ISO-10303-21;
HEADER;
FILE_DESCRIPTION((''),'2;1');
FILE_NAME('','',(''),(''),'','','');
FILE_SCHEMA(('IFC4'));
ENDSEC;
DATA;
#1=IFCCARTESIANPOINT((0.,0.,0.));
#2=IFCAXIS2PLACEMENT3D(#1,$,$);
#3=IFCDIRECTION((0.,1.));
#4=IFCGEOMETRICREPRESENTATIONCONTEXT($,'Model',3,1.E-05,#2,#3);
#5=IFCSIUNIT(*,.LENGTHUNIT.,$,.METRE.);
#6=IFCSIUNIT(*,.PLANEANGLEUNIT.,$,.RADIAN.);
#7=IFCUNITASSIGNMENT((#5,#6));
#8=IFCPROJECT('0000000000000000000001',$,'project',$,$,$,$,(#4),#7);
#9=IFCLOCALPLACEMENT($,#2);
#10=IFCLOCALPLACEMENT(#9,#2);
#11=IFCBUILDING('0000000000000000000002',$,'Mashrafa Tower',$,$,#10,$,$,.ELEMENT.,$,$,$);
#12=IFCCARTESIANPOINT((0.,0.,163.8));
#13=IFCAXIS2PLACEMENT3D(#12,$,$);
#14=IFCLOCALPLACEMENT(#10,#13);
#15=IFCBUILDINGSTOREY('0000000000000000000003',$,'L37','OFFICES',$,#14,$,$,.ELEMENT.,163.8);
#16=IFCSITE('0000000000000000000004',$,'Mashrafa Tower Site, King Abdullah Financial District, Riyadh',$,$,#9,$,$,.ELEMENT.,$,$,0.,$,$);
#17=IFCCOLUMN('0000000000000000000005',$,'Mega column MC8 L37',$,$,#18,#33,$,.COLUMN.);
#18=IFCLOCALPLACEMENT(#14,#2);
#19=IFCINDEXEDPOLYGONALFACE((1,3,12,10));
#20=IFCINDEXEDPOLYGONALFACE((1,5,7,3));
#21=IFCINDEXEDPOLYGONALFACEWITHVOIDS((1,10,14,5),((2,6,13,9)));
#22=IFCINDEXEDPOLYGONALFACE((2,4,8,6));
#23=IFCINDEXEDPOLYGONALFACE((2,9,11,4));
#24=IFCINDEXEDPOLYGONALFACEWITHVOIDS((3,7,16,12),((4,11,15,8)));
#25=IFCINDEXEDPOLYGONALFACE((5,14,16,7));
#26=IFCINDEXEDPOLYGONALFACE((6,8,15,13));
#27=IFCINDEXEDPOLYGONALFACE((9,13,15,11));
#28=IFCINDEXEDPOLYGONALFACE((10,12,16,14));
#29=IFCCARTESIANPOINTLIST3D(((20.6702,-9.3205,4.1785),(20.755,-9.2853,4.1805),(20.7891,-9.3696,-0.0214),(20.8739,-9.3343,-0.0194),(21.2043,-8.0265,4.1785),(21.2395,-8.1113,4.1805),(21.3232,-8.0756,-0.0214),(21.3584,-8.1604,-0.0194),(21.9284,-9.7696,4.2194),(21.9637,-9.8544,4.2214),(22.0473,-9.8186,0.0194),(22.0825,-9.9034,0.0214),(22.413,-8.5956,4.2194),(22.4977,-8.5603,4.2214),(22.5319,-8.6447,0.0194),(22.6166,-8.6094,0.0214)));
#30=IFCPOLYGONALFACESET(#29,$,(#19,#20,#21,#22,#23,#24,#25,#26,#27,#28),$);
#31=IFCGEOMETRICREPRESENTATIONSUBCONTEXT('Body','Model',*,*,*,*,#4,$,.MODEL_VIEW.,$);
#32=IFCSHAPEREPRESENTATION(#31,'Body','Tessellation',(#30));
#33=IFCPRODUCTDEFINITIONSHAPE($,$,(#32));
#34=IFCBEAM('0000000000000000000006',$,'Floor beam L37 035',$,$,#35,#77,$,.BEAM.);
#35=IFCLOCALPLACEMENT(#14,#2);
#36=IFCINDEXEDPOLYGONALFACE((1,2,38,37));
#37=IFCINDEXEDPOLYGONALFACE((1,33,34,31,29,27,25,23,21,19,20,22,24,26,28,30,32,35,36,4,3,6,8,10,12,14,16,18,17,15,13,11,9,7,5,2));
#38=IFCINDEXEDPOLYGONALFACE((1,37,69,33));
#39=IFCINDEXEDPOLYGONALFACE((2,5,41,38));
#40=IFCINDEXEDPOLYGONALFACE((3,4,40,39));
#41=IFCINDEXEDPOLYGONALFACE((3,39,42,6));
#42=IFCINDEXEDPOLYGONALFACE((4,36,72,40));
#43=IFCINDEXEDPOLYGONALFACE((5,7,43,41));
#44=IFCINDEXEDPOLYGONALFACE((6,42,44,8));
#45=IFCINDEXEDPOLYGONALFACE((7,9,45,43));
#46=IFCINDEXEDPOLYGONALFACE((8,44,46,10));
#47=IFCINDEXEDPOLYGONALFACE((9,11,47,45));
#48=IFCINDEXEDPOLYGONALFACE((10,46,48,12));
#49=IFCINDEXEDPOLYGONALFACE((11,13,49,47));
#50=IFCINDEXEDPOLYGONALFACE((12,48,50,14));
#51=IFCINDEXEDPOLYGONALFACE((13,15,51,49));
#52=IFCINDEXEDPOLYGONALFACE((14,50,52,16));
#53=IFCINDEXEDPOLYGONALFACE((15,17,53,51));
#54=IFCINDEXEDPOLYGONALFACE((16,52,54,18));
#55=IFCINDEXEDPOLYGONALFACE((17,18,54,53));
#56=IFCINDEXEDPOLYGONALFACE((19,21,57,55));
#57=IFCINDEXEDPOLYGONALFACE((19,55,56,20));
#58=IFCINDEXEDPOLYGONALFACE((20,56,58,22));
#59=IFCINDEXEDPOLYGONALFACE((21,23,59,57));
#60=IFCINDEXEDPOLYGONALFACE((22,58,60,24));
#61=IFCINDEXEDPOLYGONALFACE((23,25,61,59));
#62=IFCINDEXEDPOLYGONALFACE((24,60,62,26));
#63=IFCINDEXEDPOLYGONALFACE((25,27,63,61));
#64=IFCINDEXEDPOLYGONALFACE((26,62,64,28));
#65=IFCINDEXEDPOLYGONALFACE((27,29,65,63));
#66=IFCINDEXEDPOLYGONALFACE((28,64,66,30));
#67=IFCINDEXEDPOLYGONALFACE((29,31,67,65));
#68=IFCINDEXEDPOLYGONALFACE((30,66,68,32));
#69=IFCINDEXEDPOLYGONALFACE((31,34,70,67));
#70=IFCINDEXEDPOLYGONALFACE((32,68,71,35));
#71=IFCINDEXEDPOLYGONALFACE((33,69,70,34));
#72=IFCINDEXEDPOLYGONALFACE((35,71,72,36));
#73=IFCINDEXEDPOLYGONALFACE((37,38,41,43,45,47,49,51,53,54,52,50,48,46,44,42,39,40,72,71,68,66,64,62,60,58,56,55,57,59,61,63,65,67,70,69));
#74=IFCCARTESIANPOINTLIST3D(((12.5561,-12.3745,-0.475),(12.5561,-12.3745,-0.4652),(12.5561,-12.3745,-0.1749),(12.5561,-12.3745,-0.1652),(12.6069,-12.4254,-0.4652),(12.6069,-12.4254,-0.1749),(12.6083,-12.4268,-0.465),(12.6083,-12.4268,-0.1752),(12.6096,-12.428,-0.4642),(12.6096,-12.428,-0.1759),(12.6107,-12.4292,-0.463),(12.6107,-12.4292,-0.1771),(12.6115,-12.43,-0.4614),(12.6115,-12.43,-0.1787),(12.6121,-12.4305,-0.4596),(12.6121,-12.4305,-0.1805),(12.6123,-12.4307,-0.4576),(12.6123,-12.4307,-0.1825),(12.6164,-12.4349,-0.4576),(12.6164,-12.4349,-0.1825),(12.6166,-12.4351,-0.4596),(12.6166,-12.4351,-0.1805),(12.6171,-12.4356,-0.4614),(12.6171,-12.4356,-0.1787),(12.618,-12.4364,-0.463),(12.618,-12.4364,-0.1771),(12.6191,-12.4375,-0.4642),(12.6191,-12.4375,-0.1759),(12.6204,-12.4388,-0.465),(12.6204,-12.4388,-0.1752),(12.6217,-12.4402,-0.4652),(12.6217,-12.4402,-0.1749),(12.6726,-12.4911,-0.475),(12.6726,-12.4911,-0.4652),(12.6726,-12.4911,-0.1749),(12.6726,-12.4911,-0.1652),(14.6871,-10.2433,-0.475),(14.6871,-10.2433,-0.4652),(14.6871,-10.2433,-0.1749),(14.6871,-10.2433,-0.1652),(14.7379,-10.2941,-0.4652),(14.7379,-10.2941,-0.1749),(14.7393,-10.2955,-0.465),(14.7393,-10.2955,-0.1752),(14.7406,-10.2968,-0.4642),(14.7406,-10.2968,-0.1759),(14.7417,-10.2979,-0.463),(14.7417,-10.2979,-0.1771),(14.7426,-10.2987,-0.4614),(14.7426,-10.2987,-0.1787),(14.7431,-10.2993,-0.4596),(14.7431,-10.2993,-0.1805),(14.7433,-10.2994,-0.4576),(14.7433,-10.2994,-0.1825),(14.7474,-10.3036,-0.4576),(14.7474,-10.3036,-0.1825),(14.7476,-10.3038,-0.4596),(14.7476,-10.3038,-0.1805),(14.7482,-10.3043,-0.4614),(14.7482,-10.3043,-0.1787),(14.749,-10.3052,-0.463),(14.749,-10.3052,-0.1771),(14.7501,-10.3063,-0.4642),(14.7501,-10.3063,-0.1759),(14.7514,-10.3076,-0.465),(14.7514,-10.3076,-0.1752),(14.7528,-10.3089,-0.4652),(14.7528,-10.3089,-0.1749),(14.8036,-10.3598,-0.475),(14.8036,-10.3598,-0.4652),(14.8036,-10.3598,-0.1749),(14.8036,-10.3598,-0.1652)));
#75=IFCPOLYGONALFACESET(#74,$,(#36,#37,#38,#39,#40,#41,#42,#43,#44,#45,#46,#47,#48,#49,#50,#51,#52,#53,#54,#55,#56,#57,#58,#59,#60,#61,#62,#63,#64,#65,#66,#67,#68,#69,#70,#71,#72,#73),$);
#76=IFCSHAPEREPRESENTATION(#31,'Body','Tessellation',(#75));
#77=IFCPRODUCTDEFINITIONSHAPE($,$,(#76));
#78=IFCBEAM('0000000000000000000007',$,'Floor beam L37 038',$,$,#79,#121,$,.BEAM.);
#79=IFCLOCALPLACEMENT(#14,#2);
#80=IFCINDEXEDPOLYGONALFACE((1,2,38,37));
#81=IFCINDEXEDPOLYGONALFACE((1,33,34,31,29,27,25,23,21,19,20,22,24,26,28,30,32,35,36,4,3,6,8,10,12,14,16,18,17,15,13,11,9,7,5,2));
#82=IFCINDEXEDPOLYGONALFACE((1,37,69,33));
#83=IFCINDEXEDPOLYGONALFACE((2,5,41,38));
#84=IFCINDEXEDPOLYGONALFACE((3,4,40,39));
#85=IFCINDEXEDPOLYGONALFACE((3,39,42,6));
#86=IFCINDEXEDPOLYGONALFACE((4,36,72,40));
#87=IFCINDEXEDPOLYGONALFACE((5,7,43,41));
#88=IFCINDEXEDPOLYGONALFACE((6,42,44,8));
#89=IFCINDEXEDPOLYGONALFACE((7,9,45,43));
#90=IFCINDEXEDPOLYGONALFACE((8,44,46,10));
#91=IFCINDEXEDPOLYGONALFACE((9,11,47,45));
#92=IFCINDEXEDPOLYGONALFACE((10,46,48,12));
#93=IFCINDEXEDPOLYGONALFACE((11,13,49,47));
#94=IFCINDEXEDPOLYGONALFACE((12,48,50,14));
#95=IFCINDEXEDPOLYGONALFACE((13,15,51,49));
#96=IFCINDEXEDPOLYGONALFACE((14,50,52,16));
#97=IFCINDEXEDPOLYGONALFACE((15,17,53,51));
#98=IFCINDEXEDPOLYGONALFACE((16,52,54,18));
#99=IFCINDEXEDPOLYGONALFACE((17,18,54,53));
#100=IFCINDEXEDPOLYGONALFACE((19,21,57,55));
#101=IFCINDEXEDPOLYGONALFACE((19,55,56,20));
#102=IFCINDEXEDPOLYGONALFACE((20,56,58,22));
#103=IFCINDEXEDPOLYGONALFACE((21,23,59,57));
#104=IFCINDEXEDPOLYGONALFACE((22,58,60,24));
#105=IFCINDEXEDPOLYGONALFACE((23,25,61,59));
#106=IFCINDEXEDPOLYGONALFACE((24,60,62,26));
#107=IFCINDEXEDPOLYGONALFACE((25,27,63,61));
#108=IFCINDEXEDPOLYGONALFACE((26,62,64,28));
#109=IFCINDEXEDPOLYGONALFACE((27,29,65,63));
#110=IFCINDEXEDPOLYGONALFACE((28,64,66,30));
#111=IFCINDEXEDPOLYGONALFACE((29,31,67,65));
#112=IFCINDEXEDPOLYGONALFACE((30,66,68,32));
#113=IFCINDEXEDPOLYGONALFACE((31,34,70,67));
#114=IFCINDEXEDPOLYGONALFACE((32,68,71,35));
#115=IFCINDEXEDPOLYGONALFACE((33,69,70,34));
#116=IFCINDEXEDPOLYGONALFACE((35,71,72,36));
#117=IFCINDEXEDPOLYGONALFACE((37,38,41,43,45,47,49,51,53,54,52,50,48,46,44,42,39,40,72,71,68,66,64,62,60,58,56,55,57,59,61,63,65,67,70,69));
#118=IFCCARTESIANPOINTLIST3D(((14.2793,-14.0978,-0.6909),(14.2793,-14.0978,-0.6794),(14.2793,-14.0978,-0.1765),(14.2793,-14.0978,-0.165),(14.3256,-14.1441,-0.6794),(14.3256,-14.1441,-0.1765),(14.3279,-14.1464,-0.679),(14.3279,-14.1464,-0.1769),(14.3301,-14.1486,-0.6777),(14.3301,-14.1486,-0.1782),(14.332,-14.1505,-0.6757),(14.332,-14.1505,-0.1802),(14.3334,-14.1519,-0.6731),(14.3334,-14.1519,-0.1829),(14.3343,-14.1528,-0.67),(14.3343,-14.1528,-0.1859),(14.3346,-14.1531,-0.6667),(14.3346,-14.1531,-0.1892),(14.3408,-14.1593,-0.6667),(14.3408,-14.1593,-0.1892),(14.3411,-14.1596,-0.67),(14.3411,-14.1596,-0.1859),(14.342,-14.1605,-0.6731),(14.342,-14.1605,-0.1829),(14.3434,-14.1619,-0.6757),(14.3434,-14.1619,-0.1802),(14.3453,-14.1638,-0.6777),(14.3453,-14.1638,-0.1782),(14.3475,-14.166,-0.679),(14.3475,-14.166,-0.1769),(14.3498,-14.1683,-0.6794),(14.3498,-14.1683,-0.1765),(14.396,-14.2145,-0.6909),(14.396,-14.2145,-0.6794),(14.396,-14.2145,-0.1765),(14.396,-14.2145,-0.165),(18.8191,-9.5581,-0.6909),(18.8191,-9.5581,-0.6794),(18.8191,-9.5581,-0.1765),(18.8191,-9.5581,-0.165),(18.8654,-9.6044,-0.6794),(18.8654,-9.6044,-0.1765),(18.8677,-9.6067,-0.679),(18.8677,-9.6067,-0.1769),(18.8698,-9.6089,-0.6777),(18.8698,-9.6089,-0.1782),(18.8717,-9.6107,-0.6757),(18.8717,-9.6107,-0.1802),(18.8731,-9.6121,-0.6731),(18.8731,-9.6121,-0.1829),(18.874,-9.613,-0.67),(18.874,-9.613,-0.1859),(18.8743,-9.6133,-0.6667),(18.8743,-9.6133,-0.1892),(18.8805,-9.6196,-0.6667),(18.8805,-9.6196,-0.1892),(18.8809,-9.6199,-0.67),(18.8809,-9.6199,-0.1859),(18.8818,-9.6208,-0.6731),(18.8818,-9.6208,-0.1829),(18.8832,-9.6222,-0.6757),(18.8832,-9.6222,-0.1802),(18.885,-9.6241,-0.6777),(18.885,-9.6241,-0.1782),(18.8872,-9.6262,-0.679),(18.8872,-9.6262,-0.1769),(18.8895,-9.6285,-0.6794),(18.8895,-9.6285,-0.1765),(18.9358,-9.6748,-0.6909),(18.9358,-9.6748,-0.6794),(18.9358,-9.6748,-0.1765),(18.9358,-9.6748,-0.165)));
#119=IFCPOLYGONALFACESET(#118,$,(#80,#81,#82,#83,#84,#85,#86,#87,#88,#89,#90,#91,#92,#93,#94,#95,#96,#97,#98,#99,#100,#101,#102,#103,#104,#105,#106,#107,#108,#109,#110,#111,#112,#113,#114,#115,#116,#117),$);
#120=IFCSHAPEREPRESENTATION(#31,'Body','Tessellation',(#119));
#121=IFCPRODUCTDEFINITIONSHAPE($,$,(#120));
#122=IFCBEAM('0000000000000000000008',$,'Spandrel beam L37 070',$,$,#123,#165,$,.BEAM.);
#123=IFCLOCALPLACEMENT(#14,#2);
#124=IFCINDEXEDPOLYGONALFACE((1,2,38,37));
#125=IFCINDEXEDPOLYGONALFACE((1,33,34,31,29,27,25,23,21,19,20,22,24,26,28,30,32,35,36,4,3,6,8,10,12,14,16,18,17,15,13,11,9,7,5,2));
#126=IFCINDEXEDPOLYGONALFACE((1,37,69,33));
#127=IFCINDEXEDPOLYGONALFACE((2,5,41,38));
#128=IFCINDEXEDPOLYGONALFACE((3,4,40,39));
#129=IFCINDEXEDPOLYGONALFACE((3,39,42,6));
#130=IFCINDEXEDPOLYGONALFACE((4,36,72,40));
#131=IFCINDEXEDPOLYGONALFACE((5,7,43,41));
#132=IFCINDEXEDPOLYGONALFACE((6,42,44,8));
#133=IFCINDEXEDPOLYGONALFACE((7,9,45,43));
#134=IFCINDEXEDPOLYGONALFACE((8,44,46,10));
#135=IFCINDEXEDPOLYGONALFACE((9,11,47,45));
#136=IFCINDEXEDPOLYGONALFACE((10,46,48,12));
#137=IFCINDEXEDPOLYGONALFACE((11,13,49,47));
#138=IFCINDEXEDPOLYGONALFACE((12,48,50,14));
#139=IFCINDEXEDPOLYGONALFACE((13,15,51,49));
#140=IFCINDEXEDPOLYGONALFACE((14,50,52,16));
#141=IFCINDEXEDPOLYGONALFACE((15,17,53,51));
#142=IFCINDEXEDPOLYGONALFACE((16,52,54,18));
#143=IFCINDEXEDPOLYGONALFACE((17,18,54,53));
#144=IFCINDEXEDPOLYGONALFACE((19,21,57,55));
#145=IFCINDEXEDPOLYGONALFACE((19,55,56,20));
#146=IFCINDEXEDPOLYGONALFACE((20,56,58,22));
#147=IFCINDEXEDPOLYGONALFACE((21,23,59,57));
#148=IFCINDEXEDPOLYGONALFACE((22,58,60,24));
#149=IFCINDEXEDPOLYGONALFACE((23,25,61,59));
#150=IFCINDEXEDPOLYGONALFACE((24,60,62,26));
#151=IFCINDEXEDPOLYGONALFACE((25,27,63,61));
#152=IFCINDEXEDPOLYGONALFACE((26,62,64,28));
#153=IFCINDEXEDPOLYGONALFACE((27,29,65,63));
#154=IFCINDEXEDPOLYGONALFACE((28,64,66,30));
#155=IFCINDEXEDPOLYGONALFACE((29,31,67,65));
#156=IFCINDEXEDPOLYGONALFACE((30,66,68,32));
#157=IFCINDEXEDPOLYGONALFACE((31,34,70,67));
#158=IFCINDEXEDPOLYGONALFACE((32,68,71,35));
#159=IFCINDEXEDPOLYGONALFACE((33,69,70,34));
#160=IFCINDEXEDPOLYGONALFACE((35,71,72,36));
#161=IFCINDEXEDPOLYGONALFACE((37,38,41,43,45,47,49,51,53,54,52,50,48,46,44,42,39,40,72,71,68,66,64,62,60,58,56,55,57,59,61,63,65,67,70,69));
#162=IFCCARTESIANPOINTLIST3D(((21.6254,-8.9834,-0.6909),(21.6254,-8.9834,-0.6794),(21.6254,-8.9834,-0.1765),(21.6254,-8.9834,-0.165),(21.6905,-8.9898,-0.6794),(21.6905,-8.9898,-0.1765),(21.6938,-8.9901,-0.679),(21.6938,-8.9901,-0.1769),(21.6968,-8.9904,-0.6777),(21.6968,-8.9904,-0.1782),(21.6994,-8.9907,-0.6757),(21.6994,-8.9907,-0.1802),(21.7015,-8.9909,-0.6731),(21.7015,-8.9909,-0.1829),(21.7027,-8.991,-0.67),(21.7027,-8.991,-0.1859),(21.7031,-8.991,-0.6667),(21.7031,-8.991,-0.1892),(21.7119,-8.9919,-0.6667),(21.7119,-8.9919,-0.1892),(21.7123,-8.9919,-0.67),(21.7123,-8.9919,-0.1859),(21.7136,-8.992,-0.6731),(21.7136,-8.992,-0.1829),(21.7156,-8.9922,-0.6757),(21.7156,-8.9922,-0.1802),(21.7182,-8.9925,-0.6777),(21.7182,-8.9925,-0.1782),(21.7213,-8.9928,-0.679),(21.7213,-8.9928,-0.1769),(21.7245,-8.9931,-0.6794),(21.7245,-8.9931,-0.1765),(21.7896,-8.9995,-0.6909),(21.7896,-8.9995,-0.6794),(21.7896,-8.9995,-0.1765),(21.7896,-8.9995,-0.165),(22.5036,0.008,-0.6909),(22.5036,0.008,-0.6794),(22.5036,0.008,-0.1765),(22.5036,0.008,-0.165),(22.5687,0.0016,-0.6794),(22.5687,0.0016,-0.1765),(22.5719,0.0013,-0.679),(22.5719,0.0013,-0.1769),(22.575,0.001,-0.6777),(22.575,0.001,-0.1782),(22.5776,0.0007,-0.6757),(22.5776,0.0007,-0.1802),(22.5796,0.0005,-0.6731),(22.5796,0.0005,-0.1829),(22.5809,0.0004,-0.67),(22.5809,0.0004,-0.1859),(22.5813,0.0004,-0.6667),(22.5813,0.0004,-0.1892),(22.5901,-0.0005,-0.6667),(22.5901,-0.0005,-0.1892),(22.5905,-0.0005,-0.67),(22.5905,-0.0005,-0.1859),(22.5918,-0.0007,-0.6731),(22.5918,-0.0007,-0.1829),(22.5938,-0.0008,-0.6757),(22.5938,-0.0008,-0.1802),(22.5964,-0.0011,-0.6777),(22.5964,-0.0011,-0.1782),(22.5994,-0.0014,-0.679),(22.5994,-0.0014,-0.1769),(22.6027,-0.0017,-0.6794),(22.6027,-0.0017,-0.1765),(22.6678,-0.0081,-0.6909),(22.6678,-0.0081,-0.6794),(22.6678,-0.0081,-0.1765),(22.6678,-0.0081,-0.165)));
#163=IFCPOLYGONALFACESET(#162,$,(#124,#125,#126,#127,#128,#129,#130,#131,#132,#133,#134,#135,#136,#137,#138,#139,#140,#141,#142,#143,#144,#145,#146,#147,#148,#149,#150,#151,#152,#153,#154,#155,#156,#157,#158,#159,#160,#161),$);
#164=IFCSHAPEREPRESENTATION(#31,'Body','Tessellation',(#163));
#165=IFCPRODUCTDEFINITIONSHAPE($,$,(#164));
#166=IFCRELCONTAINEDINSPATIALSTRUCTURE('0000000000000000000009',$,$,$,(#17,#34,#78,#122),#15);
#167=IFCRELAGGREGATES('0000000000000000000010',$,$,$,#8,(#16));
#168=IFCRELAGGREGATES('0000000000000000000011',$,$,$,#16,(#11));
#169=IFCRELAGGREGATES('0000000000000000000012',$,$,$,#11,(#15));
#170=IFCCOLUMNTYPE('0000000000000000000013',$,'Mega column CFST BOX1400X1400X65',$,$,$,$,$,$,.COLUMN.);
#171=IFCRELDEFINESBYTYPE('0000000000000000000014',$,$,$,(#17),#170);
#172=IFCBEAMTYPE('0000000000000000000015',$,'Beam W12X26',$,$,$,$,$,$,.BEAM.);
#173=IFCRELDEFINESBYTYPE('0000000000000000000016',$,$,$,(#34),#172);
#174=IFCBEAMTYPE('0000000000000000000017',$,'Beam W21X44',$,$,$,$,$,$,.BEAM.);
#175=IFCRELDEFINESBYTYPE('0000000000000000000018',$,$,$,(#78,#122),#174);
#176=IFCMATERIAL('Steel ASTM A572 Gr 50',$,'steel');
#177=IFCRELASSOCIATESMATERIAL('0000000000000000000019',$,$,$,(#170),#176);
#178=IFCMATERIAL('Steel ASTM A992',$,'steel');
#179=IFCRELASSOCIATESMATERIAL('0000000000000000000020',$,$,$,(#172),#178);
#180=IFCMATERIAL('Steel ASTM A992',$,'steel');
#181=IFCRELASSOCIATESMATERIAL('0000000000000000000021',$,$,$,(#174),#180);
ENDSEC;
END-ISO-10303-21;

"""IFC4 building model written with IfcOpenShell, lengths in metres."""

from ifc_helpers import new_model, si_unit, direction, frame, origin, origin_2d, place, context, subcontext, project, spatial, hollow_rectangle, i_section, extrude, material, material_profile, profile_set, type_object, element, save


model = new_model("IFC4")

# Units and contexts
model_context = context("Model", 3, precision=1e-05, world=origin(), true_north=direction((0.0, 1.0)))
body_context = subcontext(model_context, "Body", "Model", "MODEL_VIEW")
ifc_project = project(units=[si_unit("LENGTHUNIT", "METRE"), si_unit("PLANEANGLEUNIT", "RADIAN")], contexts=[model_context])

# Site, building, storey
site_placement = place(None, origin())
site = spatial("IfcSite", under=ifc_project, at=site_placement, Name="Mashrafa Tower Site, King Abdullah Financial District, Riyadh", CompositionType="ELEMENT", RefElevation=0.0)
building_placement = place(site_placement, origin())
building = spatial("IfcBuilding", under=site, at=building_placement, Name="Mashrafa Tower", CompositionType="ELEMENT")
storey_placement = place(building_placement, frame((0.0, 0.0, 163.8)))
storey = spatial("IfcBuildingStorey", under=building, at=storey_placement, Name="L37", Description="OFFICES", CompositionType="ELEMENT", Elevation=163.8)

# Column
ifc_material_1 = material(Name="Steel ASTM A572 Gr 50", Category="steel")
ifc_material_profile_1 = material_profile(ifc_material_1, hollow_rectangle(XDim=1.3999, YDim=1.3999, WallThickness=0.0649, at=origin_2d()), Name="BOX1400X1400X65")
ifc_profile_set_1 = profile_set([ifc_material_profile_1], Name="Steel ASTM A572 Gr 50")
column_type = type_object("IfcColumnType", Name="Mega column CFST BOX1400X1400X65", PredefinedType="COLUMN", material=ifc_profile_set_1)
column_placement = place(storey_placement, frame((21.7029, -8.9895, 0.0), z_axis=(-0.028296, 0.011679, 0.999531), x_axis=(-0.381513, -0.924363, 0.0)))
element("IfcColumn", 1, at=column_placement, inside=storey, type_object=column_type, Name="Mega column MC8 L37", PredefinedType="COLUMN", context=body_context, shape_type="SweptSolid", body=[
    extrude(hollow_rectangle(XDim=1.3999, YDim=1.3999, WallThickness=0.0649, at=origin_2d()), origin(), (0.0, 0.0, 1.0), 4.2019),
])

# Beams
ifc_material_2 = material(Name="Steel ASTM A992", Category="steel")
ifc_material_profile_2 = material_profile(ifc_material_2, i_section(OverallWidth=0.1648, OverallDepth=0.3098, WebThickness=0.0059, FlangeThickness=0.0098, FilletRadius=0.0076, at=origin_2d()), Name="W12X26")
ifc_profile_set_2 = profile_set([ifc_material_profile_2], Name="Steel ASTM A992")
beam_type_1 = type_object("IfcBeamType", Name="Beam W12X26", PredefinedType="BEAM", material=ifc_profile_set_2)
beam_1_placement = place(storey_placement, frame((14.7454, -10.3015, -0.3201), z_axis=(-0.707066, -0.707147, 0.0), x_axis=(0.707147, -0.707066, 0.0)))
element("IfcBeam", 2, at=beam_1_placement, inside=storey, type_object=beam_type_1, Name="Floor beam L37 035", PredefinedType="BEAM", context=body_context, shape_type="SweptSolid", body=[
    extrude(i_section(OverallWidth=0.1648, OverallDepth=0.3098, WebThickness=0.0059, FlangeThickness=0.0098, FilletRadius=0.0076, at=origin_2d()), origin(), (0.0, 0.0, 1.0), 3.0139),
])
ifc_material_3 = material(Name="Steel ASTM A992", Category="steel")
ifc_material_profile_3 = material_profile(ifc_material_3, i_section(OverallWidth=0.165, OverallDepth=0.5259, WebThickness=0.0088, FlangeThickness=0.0115, FilletRadius=0.0127, at=origin_2d()), Name="W21X44")
ifc_profile_set_3 = profile_set([ifc_material_profile_3], Name="Steel ASTM A992")
beam_type_2 = type_object("IfcBeamType", Name="Beam W21X44", PredefinedType="BEAM", material=ifc_profile_set_3)
beam_2_placement = place(storey_placement, frame((18.8774, -9.6165, -0.428), z_axis=(-0.707107, -0.707107, 0.0), x_axis=(0.707107, -0.707107, 0.0)))
element("IfcBeam", 3, at=beam_2_placement, inside=storey, type_object=beam_type_2, Name="Floor beam L37 038", PredefinedType="BEAM", context=body_context, shape_type="SweptSolid", body=[
    extrude(i_section(OverallWidth=0.165, OverallDepth=0.5259, WebThickness=0.0088, FlangeThickness=0.0115, FilletRadius=0.0127, at=origin_2d()), origin(), (0.0, 0.0, 1.0), 6.4202),
])
beam_3_placement = place(storey_placement, frame((21.7075, -8.9915, -0.428), z_axis=(0.097205, 0.995264, 0.0), x_axis=(-0.995264, 0.097205, 0.0)))
element("IfcBeam", 4, at=beam_3_placement, inside=storey, type_object=beam_type_2, Name="Spandrel beam L37 070", PredefinedType="BEAM", context=body_context, shape_type="SweptSolid", body=[
    extrude(i_section(OverallWidth=0.165, OverallDepth=0.5259, WebThickness=0.0088, FlangeThickness=0.0115, FilletRadius=0.0127, at=origin_2d()), origin(), (0.0, 0.0, 1.0), 9.0342),
])

save(model, "model.ifc")
